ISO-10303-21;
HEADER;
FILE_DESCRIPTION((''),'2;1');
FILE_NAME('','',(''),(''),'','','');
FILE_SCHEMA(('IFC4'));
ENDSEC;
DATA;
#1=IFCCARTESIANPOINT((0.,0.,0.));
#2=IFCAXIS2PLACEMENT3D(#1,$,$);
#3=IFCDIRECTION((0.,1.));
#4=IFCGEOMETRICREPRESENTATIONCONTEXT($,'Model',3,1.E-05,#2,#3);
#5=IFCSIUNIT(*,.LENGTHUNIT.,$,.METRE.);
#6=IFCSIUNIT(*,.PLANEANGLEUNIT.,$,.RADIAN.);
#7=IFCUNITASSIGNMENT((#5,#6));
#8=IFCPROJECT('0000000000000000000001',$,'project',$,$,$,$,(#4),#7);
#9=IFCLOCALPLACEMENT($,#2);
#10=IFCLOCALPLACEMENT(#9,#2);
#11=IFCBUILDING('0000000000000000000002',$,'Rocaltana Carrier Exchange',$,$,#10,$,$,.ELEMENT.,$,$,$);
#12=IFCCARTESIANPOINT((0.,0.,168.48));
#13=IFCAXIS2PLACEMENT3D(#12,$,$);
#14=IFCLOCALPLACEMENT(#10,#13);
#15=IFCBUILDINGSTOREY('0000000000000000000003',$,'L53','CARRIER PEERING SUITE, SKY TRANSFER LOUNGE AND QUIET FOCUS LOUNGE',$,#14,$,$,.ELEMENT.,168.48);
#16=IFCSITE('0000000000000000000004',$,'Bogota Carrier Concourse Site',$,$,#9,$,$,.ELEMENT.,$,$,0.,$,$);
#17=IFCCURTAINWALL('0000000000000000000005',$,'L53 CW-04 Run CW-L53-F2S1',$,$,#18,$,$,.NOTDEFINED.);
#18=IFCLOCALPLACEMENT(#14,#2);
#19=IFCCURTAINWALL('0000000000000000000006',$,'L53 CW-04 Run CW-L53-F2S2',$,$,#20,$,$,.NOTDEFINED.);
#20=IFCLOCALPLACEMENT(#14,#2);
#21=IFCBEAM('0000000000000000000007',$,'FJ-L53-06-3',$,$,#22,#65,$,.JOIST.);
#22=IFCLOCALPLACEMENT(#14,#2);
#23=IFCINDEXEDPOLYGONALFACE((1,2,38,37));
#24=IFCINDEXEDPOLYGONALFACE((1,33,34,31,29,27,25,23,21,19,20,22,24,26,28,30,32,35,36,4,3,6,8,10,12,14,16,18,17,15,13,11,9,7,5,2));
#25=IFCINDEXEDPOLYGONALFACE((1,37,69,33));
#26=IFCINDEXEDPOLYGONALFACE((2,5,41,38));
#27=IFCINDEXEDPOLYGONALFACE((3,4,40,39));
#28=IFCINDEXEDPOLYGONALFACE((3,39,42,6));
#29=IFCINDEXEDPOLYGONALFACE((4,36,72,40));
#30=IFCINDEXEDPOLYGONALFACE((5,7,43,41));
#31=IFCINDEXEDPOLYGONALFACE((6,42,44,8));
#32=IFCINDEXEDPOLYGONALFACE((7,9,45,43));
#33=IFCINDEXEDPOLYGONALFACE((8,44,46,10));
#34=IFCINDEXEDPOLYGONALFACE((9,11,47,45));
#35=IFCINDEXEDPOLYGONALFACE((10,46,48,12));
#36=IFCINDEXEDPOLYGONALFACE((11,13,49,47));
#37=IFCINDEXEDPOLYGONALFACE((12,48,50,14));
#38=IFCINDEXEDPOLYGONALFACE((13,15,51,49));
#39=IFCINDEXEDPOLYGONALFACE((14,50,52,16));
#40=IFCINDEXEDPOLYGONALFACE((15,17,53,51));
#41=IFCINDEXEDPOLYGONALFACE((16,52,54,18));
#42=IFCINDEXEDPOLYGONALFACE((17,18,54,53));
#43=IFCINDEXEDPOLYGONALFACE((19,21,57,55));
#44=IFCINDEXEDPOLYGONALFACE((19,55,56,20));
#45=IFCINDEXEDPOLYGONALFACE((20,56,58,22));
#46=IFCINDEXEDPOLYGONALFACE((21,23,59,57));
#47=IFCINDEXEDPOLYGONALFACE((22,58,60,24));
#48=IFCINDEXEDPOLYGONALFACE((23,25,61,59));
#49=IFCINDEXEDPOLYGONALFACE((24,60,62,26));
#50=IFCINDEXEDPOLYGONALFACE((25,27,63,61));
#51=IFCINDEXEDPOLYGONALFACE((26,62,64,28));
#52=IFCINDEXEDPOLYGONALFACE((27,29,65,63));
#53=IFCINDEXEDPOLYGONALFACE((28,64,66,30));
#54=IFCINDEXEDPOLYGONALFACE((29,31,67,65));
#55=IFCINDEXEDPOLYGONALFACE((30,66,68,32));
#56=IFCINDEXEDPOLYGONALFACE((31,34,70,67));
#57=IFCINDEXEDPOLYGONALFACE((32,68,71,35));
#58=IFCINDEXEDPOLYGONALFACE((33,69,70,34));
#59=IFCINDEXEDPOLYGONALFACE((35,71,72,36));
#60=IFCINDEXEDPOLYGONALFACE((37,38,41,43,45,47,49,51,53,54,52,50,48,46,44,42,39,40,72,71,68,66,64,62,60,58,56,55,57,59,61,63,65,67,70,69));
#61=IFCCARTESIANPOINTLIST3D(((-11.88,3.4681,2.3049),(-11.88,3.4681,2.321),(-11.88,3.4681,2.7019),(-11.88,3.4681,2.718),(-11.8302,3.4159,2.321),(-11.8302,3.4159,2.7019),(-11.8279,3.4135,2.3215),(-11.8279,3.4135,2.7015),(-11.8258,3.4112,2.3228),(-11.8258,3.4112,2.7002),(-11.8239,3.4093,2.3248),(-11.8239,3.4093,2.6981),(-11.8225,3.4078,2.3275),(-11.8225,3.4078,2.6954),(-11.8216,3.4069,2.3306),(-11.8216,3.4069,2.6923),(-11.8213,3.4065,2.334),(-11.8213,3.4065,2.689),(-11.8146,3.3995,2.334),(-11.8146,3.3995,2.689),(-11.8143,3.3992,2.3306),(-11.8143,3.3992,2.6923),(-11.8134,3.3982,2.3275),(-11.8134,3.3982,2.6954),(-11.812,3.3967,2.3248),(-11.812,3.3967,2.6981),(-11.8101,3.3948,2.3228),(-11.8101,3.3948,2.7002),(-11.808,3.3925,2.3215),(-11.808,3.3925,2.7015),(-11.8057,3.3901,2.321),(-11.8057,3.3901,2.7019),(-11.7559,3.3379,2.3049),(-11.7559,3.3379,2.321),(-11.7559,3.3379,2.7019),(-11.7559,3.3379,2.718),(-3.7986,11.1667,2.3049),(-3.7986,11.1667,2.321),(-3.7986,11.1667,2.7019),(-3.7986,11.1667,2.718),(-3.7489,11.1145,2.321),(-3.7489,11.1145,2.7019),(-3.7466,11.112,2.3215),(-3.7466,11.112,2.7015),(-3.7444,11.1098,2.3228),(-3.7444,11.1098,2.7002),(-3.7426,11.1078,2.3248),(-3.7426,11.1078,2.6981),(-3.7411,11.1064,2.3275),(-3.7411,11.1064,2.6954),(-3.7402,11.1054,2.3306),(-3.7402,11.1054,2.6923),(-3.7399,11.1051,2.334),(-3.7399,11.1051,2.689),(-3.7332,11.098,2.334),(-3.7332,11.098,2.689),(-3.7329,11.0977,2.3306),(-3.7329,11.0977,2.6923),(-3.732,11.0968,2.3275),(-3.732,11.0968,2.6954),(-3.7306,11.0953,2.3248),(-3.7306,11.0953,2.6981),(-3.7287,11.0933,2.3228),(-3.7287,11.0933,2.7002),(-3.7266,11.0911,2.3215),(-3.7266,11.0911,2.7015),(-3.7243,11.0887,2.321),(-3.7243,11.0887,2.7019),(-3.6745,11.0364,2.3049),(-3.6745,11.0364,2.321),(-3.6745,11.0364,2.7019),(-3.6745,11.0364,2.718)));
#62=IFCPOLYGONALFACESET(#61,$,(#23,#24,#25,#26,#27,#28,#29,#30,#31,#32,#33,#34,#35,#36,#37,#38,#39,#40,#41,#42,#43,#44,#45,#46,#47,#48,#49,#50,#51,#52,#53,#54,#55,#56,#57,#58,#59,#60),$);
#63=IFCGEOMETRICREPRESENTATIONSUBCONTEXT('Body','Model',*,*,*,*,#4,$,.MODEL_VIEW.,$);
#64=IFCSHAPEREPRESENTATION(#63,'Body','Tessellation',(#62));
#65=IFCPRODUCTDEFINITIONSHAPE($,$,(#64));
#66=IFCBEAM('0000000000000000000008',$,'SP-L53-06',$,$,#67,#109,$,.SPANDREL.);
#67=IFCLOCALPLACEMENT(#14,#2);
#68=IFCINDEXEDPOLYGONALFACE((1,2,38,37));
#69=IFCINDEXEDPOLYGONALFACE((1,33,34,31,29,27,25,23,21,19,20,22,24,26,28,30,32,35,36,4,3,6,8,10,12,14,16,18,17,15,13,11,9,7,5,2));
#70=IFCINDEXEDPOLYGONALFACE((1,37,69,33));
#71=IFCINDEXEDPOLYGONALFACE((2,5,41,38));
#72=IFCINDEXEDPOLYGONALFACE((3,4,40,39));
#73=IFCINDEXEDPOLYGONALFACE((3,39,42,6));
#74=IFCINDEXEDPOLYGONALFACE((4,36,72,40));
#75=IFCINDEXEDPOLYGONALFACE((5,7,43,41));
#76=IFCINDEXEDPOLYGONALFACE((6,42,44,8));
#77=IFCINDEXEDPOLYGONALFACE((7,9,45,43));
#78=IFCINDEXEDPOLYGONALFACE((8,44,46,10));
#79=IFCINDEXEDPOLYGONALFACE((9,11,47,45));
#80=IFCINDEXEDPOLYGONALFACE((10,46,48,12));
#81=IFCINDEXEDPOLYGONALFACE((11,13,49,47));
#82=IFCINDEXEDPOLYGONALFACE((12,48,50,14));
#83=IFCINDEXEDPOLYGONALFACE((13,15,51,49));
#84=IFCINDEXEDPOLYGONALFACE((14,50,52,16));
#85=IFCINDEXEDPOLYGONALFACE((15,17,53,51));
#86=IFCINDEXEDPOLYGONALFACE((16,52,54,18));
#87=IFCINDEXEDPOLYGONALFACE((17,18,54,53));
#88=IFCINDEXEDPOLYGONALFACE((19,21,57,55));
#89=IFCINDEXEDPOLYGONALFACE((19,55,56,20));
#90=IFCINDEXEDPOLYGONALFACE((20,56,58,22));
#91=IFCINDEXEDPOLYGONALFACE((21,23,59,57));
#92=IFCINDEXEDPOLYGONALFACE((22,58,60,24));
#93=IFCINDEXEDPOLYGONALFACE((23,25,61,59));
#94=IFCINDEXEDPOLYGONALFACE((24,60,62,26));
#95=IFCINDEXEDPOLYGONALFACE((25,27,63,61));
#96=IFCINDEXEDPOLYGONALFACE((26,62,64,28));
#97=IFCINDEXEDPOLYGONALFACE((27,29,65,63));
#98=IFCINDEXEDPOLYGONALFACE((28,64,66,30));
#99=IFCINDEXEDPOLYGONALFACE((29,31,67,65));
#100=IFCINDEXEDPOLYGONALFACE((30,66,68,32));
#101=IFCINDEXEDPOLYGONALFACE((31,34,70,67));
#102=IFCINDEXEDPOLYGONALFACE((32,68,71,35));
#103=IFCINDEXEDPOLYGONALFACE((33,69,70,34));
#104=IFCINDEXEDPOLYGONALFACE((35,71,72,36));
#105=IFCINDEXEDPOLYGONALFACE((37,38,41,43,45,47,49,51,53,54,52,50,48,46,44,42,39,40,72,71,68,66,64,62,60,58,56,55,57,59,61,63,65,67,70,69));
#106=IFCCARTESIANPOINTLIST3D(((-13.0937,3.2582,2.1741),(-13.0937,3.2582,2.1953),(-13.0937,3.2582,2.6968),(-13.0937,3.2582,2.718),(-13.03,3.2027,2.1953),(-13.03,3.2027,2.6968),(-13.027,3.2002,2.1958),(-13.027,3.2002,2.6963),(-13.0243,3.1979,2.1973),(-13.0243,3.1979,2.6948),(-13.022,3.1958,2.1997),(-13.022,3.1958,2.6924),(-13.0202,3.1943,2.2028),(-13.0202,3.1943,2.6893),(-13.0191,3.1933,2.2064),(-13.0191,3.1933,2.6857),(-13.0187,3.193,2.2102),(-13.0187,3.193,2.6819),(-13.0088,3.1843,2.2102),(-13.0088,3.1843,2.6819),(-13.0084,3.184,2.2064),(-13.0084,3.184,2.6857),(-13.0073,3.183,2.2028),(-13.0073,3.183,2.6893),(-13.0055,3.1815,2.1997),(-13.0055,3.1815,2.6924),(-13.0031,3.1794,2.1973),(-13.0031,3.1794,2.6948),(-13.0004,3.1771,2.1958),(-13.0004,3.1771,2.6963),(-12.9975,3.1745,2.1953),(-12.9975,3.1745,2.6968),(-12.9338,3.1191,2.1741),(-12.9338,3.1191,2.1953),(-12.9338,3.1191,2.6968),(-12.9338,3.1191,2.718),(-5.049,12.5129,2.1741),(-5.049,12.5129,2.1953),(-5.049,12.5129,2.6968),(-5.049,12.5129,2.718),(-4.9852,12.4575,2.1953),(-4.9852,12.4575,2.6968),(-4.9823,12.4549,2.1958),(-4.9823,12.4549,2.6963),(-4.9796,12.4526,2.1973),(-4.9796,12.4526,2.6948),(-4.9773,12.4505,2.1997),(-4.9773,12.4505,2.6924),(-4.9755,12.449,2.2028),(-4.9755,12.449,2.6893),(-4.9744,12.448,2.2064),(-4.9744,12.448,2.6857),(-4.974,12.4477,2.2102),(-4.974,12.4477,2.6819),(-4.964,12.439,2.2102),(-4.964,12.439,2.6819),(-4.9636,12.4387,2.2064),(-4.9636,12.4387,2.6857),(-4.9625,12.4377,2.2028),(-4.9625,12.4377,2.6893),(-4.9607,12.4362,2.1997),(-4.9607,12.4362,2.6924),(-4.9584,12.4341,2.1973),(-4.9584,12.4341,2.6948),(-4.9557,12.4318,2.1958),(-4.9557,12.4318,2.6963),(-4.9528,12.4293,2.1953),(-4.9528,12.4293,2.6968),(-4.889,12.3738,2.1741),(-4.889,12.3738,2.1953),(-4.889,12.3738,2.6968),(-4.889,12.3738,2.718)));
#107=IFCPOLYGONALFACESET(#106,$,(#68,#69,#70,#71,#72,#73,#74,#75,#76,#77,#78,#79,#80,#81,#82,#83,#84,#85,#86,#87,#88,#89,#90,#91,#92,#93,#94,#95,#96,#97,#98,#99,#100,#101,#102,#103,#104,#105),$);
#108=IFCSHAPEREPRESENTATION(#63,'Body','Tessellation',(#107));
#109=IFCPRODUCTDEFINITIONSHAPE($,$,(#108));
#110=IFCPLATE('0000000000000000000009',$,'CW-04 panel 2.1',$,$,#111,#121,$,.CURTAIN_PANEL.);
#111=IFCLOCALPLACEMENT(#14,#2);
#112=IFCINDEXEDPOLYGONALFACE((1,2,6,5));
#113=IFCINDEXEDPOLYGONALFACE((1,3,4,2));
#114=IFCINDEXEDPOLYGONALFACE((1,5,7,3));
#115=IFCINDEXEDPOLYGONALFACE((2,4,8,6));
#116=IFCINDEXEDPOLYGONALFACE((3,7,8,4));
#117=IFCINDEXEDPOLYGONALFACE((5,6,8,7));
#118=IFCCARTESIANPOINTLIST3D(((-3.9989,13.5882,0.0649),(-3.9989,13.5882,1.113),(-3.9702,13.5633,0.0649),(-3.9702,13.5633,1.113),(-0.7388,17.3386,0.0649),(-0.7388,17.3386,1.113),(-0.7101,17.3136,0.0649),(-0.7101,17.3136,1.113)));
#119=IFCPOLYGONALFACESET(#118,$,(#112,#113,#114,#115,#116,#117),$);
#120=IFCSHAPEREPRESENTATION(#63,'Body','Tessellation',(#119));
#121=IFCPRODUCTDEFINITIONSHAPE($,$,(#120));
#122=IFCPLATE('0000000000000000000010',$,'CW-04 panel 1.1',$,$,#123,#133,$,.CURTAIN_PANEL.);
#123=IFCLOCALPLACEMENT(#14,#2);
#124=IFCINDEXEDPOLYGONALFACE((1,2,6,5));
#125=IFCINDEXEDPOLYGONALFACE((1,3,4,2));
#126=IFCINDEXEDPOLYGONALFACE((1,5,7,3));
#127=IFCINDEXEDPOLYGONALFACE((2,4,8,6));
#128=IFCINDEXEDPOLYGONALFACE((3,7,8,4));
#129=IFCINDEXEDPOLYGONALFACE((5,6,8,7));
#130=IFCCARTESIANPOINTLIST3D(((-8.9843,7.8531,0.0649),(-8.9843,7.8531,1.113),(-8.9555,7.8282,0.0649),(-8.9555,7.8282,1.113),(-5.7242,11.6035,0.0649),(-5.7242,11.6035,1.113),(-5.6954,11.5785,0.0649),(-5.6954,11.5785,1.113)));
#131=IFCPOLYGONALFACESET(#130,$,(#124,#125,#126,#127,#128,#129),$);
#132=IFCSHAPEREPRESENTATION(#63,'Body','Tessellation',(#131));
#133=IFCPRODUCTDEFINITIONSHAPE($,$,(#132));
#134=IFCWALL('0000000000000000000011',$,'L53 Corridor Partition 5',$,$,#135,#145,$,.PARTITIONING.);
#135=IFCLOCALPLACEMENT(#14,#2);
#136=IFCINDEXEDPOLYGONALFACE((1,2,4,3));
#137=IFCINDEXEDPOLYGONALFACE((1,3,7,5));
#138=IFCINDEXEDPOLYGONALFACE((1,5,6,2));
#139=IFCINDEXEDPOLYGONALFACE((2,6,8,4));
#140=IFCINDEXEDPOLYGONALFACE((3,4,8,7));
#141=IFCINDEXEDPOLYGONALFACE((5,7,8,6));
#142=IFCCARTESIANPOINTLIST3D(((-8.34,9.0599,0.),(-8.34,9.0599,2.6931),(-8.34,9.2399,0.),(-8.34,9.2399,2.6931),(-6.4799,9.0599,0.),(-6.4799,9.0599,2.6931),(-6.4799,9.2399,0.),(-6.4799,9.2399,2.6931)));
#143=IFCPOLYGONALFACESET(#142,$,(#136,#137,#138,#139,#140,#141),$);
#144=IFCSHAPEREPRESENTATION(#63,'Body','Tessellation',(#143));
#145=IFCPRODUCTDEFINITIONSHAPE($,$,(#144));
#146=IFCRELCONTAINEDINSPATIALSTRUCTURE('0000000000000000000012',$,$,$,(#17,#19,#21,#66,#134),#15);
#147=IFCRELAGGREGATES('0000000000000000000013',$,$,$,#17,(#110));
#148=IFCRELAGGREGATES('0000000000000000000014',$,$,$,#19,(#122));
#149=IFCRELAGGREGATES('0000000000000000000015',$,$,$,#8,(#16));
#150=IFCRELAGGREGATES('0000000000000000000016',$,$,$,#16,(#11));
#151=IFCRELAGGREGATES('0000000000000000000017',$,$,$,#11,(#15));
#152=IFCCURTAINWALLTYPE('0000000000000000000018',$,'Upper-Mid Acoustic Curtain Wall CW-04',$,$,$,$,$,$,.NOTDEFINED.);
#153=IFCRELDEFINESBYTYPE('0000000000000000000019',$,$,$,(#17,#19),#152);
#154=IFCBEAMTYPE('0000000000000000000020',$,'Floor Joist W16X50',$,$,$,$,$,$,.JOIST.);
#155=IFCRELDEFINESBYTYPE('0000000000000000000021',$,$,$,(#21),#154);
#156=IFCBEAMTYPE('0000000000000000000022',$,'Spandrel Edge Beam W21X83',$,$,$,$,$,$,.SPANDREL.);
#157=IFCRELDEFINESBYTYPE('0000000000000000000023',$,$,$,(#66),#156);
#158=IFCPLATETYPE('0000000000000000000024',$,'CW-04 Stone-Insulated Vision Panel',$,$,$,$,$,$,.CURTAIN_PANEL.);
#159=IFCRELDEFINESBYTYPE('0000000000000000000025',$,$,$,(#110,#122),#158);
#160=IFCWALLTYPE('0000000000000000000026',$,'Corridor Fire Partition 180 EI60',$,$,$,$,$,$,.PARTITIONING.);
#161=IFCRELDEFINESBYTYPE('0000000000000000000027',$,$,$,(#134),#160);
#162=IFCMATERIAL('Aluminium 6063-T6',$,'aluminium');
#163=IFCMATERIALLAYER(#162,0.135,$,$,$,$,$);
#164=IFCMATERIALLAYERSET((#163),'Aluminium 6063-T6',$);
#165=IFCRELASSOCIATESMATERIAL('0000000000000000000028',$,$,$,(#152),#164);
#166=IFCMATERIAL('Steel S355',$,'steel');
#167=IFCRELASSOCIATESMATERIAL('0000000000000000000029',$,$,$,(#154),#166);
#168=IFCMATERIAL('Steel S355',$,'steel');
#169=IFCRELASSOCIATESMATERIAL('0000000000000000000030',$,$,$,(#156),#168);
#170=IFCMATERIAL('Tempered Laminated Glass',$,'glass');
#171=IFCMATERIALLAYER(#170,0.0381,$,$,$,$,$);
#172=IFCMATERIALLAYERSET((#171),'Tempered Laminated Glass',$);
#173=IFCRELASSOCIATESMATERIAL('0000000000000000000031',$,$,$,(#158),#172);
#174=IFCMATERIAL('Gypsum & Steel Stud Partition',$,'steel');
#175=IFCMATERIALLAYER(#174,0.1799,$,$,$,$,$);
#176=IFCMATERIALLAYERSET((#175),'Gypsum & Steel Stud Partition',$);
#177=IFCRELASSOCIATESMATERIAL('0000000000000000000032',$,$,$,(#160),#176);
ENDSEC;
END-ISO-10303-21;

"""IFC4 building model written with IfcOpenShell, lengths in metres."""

from ifc_helpers import new_model, si_unit, direction, frame, frame_2d, origin, origin_2d, place, context, subcontext, project, spatial, rectangle, i_section, extrude, material, layer, layer_set, material_profile, profile_set, type_object, element, aggregate, save


model = new_model("IFC4")

# Units and contexts
model_context = context("Model", 3, precision=1e-05, world=origin(), true_north=direction((0.0, 1.0)))
body_context = subcontext(model_context, "Body", "Model", "MODEL_VIEW")
ifc_project = project(units=[si_unit("LENGTHUNIT", "METRE"), si_unit("PLANEANGLEUNIT", "RADIAN")], contexts=[model_context])

# Site, building, storey
site_placement = place(None, origin())
site = spatial("IfcSite", under=ifc_project, at=site_placement, Name="Bogota Carrier Concourse Site", CompositionType="ELEMENT", RefElevation=0.0)
building_placement = place(site_placement, origin())
building = spatial("IfcBuilding", under=site, at=building_placement, Name="Rocaltana Carrier Exchange", CompositionType="ELEMENT")
storey_placement = place(building_placement, frame((0.0, 0.0, 168.48)))
storey = spatial("IfcBuildingStorey", under=building, at=storey_placement, Name="L53", Description="CARRIER PEERING SUITE, SKY TRANSFER LOUNGE AND QUIET FOCUS LOUNGE", CompositionType="ELEMENT", Elevation=168.48)

# Curtain wall
ifc_material_1 = material(Name="Aluminium 6063-T6", Category="aluminium")
ifc_layer_1 = layer(ifc_material_1, 0.135)
ifc_layer_set_1 = layer_set([ifc_layer_1], Name="Aluminium 6063-T6")
curtain_wall_type = type_object("IfcCurtainWallType", Name="Upper-Mid Acoustic Curtain Wall CW-04", PredefinedType="NOTDEFINED", material=ifc_layer_set_1)
curtain_wall_1_placement = place(storey_placement, origin())
curtain_wall_1 = element("IfcCurtainWall", 1, at=curtain_wall_1_placement, inside=storey, type_object=curtain_wall_type, Name="L53 CW-04 Run CW-L53-F2S1", PredefinedType="NOTDEFINED")

# Curtain wall
curtain_wall_2_placement = place(storey_placement, origin())
curtain_wall_2 = element("IfcCurtainWall", 2, at=curtain_wall_2_placement, inside=storey, type_object=curtain_wall_type, Name="L53 CW-04 Run CW-L53-F2S2", PredefinedType="NOTDEFINED")

# Beams
ifc_material_2 = material(Name="Steel S355", Category="steel")
ifc_material_profile_1 = material_profile(ifc_material_2, i_section(OverallWidth=0.1799, OverallDepth=0.4131, WebThickness=0.0098, FlangeThickness=0.0161, FilletRadius=0.0129, at=origin_2d()), Name="W16X50")
ifc_profile_set_1 = profile_set([ifc_material_profile_1], Name="Steel S355")
beam_type_1 = type_object("IfcBeamType", Name="Floor Joist W16X50", PredefinedType="JOIST", material=ifc_profile_set_1)
beam_1_placement = place(storey_placement, frame((-3.7366, 11.1016, 2.5115), z_axis=(-0.724048, -0.68975, 0.0), x_axis=(0.68975, -0.724048, 0.0)))
element("IfcBeam", 3, at=beam_1_placement, inside=storey, type_object=beam_type_1, Name="FJ-L53-06-3", PredefinedType="JOIST", context=body_context, shape_type="SweptSolid", body=[
    extrude(i_section(OverallWidth=0.1799, OverallDepth=0.4131, WebThickness=0.0098, FlangeThickness=0.0161, FilletRadius=0.0129, at=origin_2d()), origin(), (0.0, 0.0, 1.0), 11.1614),
])
ifc_material_3 = material(Name="Steel S355", Category="steel")
ifc_material_profile_2 = material_profile(ifc_material_3, i_section(OverallWidth=0.2119, OverallDepth=0.5439, WebThickness=0.0132, FlangeThickness=0.0212, FilletRadius=0.0149, at=origin_2d()), Name="W21X83")
ifc_profile_set_2 = profile_set([ifc_material_profile_2], Name="Steel S355")
beam_type_2 = type_object("IfcBeamType", Name="Spandrel Edge Beam W21X83", PredefinedType="SPANDREL", material=ifc_profile_set_2)
beam_2_placement = place(storey_placement, frame((-4.969, 12.4434, 2.446), z_axis=(-0.656047, -0.75472, 0.0), x_axis=(0.75472, -0.656047, 0.0)))
element("IfcBeam", 4, at=beam_2_placement, inside=storey, type_object=beam_type_2, Name="SP-L53-06", PredefinedType="SPANDREL", context=body_context, shape_type="SweptSolid", body=[
    extrude(i_section(OverallWidth=0.2119, OverallDepth=0.5439, WebThickness=0.0132, FlangeThickness=0.0212, FilletRadius=0.0149, at=origin_2d()), origin(), (0.0, 0.0, 1.0), 12.2625),
])

# Plates
ifc_material_4 = material(Name="Tempered Laminated Glass", Category="glass")
ifc_layer_2 = layer(ifc_material_4, 0.0381)
ifc_layer_set_2 = layer_set([ifc_layer_2], Name="Tempered Laminated Glass")
plate_type = type_object("IfcPlateType", Name="CW-04 Stone-Insulated Vision Panel", PredefinedType="CURTAIN_PANEL", material=ifc_layer_set_2)
plate_1_placement = place(storey_placement, frame((-2.3545, 15.4509, 0.0649), z_axis=(0.0, 0.0, 1.0), x_axis=(-0.656057, -0.754712, 0.0)))
plate_1 = element("IfcPlate", 5, at=plate_1_placement, type_object=plate_type, Name="CW-04 panel 2.1", PredefinedType="CURTAIN_PANEL", context=body_context, shape_type="SweptSolid", body=[
    extrude(rectangle(XDim=4.9692, YDim=0.0381, at=origin_2d()), origin(), (0.0, 0.0, 1.0), 1.0481),
])
aggregate(curtain_wall_1, [plate_1])
plate_2_placement = place(storey_placement, frame((-7.3398, 9.7158, 0.0649), z_axis=(0.0, 0.0, 1.0), x_axis=(-0.656057, -0.754712, 0.0)))
plate_2 = element("IfcPlate", 6, at=plate_2_placement, type_object=plate_type, Name="CW-04 panel 1.1", PredefinedType="CURTAIN_PANEL", context=body_context, shape_type="SweptSolid", body=[
    extrude(rectangle(XDim=4.9692, YDim=0.0381, at=origin_2d()), origin(), (0.0, 0.0, 1.0), 1.0481),
])
aggregate(curtain_wall_2, [plate_2])

# Wall
ifc_material_5 = material(Name="Gypsum & Steel Stud Partition", Category="steel")
ifc_layer_3 = layer(ifc_material_5, 0.1799)
ifc_layer_set_3 = layer_set([ifc_layer_3], Name="Gypsum & Steel Stud Partition")
wall_type_1 = type_object("IfcWallType", Name="Corridor Fire Partition 180 EI60", PredefinedType="PARTITIONING", material=ifc_layer_set_3)
wall_1_placement = place(storey_placement, frame((-8.3401, 9.1499, 0.0), z_axis=(0.0, 0.0, 1.0), x_axis=(1.0, 0.0, 0.0)))
element("IfcWall", 7, at=wall_1_placement, inside=storey, type_object=wall_type_1, Name="L53 Corridor Partition 5", PredefinedType="PARTITIONING", context=body_context, shape_type="SweptSolid", body=[
    extrude(rectangle(XDim=1.8601, YDim=0.1799, at=frame_2d((0.9302, 0.0))), origin(), (0.0, 0.0, 1.0), 2.6931),
])

save(model, "model.ifc")
